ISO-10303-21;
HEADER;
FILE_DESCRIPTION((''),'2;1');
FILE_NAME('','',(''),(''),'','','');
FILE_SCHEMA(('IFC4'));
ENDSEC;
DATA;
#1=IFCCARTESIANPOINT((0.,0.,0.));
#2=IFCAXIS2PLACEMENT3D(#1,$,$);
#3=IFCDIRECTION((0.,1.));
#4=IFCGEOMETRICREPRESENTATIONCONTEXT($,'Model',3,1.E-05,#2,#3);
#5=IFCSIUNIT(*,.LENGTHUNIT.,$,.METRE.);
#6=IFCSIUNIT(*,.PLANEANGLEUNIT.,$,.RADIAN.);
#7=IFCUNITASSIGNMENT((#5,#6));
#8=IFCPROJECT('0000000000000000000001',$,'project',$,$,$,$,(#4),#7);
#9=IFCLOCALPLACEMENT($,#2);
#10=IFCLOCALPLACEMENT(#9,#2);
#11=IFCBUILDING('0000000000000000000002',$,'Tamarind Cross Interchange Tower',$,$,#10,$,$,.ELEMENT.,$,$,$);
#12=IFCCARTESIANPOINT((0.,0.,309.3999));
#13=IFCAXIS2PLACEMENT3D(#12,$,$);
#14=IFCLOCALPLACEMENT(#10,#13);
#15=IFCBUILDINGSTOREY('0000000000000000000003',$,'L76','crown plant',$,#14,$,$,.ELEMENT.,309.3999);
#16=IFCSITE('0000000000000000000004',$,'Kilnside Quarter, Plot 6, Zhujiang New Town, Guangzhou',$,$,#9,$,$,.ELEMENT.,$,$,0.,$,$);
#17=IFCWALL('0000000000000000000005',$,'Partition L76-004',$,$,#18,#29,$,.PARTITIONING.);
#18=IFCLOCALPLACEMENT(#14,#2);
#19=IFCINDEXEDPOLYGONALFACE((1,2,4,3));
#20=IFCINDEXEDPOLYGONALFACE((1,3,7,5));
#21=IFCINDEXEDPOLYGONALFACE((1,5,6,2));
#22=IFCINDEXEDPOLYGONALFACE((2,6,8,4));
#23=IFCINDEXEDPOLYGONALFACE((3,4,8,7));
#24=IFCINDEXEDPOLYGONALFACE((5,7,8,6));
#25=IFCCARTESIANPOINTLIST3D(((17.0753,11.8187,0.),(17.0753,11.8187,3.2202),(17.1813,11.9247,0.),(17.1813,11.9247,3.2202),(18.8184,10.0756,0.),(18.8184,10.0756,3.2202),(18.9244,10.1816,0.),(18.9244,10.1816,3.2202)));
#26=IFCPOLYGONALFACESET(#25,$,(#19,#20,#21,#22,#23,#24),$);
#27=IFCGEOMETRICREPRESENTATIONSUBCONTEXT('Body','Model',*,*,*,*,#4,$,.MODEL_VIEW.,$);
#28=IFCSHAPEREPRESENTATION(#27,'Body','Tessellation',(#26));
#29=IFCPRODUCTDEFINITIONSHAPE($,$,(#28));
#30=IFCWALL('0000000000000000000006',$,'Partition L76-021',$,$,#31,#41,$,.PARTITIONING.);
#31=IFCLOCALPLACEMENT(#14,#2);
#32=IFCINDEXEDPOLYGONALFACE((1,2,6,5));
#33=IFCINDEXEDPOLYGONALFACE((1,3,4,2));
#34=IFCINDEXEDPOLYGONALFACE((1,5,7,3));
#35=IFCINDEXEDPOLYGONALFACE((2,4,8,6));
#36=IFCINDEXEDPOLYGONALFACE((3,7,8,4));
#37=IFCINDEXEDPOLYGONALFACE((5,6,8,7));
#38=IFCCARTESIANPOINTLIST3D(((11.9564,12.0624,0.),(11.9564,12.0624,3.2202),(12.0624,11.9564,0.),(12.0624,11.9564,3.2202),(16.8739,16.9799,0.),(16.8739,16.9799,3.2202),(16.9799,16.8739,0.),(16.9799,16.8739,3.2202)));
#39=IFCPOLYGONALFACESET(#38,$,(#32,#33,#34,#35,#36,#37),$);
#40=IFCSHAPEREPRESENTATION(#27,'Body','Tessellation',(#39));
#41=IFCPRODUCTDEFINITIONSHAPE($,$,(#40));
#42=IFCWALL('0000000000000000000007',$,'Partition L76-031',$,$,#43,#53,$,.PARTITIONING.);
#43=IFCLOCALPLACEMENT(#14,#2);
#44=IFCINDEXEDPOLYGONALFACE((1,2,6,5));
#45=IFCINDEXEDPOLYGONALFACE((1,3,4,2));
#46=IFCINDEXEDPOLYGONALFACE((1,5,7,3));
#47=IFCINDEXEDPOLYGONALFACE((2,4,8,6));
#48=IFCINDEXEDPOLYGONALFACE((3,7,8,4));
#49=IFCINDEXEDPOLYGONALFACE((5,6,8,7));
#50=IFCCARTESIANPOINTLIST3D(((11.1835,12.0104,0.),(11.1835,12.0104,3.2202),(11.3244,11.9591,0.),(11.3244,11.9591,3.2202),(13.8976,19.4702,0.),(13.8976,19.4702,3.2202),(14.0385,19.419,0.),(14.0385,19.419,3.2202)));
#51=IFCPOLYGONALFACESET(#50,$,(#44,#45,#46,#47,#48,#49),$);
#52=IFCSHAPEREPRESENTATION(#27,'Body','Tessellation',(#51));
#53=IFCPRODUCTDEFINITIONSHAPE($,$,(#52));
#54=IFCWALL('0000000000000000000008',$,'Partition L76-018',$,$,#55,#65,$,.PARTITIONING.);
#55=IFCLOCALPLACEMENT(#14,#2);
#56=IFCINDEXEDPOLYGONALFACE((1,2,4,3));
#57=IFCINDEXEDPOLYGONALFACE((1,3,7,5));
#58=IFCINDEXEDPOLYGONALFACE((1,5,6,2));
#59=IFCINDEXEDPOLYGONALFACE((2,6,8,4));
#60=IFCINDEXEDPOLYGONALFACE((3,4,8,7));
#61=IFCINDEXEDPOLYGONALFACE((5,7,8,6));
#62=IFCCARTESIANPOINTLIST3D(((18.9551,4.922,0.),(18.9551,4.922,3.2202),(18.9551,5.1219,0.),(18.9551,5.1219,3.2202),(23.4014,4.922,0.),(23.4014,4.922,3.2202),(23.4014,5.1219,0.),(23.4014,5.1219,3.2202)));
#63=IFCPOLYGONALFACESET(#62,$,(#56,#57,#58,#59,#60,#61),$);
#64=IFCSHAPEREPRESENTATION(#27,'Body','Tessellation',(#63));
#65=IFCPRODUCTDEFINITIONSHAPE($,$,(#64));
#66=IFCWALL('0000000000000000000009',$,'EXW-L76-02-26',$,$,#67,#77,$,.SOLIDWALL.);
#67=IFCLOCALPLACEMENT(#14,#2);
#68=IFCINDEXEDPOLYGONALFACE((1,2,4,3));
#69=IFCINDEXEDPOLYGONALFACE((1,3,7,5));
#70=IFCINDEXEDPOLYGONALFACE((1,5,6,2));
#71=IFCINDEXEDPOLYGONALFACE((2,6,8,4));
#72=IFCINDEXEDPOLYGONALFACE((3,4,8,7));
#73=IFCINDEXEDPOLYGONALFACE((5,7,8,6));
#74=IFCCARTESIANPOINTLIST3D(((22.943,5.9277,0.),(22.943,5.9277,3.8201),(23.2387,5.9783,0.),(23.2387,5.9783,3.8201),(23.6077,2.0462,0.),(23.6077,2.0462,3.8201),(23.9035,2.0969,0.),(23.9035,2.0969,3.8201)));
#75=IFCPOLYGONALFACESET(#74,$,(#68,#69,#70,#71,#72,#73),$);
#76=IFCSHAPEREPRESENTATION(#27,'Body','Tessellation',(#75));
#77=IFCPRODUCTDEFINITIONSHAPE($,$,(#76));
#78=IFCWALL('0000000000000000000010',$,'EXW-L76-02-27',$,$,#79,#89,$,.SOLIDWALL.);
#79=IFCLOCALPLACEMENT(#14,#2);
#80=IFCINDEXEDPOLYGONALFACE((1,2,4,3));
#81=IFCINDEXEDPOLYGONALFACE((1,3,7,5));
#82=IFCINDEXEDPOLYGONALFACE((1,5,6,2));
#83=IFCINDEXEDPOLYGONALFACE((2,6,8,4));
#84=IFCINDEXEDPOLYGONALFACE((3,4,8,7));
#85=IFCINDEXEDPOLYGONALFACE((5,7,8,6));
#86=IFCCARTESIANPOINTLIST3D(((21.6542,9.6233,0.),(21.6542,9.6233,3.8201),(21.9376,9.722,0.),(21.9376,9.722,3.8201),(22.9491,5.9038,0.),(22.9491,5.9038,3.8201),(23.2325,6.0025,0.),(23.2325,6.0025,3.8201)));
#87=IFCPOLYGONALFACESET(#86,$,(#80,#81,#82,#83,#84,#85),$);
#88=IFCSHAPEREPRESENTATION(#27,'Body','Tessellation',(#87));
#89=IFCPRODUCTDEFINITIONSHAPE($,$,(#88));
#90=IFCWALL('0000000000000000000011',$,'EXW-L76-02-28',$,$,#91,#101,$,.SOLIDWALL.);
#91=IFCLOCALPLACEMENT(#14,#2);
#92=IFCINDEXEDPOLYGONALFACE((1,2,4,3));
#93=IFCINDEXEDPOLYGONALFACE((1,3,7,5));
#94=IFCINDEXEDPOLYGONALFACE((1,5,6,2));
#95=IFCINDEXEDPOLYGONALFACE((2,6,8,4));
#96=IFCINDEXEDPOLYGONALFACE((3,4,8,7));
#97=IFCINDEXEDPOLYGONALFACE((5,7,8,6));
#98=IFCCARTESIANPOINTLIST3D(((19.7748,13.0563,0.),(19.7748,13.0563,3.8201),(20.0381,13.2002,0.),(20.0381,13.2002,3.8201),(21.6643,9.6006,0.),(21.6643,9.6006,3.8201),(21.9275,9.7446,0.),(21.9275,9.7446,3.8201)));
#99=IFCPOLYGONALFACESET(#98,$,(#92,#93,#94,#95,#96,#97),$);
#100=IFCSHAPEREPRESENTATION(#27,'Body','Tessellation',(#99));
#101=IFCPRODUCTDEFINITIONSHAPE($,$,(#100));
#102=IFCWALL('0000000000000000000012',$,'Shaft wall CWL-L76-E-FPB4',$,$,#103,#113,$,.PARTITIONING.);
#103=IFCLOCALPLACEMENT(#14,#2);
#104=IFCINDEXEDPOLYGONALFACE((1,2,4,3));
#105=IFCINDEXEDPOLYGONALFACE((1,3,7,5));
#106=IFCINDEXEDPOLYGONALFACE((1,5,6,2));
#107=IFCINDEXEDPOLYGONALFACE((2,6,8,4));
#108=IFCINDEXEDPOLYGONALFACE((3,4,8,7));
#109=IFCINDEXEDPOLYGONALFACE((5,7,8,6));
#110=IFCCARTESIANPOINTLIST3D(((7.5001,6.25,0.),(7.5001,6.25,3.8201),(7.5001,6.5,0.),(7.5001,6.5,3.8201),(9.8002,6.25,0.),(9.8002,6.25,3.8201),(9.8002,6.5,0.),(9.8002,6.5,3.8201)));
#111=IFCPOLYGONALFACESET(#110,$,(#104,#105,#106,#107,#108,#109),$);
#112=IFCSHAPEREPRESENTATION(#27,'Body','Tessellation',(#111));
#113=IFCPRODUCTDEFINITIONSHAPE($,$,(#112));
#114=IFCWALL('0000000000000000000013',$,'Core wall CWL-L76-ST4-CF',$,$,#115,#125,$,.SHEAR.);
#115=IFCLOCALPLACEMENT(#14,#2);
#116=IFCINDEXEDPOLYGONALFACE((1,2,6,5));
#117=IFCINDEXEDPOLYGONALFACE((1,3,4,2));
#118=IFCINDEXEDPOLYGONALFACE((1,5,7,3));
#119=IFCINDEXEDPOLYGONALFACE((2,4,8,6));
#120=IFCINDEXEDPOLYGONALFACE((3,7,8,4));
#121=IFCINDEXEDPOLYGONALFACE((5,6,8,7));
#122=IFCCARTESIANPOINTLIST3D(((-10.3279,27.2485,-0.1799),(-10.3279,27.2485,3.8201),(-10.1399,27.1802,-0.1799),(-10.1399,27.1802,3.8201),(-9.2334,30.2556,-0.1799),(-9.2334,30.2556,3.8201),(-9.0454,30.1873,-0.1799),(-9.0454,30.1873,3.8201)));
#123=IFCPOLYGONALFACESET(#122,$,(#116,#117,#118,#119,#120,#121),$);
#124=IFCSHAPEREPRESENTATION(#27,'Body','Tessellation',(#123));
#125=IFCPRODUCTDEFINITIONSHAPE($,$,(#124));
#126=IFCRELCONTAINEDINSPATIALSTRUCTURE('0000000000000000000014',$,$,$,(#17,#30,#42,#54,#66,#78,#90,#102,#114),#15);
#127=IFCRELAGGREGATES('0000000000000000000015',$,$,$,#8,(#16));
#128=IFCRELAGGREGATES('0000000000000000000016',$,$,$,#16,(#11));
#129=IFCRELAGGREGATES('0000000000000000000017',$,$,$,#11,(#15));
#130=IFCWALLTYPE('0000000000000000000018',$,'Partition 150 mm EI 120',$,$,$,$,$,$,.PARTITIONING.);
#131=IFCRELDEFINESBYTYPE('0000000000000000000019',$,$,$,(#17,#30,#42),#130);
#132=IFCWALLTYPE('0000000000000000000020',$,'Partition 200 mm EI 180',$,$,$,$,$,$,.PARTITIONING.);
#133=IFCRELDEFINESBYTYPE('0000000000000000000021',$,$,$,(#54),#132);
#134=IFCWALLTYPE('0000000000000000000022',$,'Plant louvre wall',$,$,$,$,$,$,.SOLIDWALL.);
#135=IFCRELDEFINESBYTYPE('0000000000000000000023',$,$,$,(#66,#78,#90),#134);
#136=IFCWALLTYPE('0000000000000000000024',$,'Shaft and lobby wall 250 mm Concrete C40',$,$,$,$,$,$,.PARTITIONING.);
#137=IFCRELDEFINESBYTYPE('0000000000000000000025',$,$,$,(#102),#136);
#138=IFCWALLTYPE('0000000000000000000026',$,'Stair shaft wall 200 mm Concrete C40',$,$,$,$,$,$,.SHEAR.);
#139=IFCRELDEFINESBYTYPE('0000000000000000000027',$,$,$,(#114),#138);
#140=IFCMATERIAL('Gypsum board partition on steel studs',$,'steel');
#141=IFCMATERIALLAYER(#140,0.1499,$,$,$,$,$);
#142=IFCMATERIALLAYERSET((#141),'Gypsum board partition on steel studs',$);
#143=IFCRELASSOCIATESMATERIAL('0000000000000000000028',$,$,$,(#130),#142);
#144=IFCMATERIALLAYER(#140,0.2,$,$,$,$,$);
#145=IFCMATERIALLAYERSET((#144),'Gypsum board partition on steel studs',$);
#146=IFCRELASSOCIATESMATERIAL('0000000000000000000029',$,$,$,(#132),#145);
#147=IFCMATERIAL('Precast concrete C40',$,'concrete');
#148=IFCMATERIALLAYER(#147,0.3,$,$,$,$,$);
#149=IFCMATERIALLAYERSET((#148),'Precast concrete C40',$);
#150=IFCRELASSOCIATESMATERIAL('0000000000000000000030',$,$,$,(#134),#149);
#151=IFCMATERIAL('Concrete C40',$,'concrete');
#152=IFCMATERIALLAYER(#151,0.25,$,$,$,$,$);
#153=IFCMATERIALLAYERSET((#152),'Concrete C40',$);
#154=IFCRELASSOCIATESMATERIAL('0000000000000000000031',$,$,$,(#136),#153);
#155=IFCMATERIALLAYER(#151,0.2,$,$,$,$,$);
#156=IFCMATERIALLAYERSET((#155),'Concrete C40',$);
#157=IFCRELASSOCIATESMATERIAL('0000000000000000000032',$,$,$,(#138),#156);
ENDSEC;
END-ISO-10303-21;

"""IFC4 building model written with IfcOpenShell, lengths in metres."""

from ifc_helpers import new_model, si_unit, direction, frame, frame_2d, origin, place, context, subcontext, project, spatial, polyline, rectangle, outline, extrude, material, layer, layer_set, type_object, element, save


model = new_model("IFC4")

# Units and contexts
model_context = context("Model", 3, precision=1e-05, world=origin(), true_north=direction((0.0, 1.0)))
body_context = subcontext(model_context, "Body", "Model", "MODEL_VIEW")
ifc_project = project(units=[si_unit("LENGTHUNIT", "METRE"), si_unit("PLANEANGLEUNIT", "RADIAN")], contexts=[model_context])

# Site, building, storey
site_placement = place(None, origin())
site = spatial("IfcSite", under=ifc_project, at=site_placement, Name="Kilnside Quarter, Plot 6, Zhujiang New Town, Guangzhou", CompositionType="ELEMENT", RefElevation=0.0)
building_placement = place(site_placement, origin())
building = spatial("IfcBuilding", under=site, at=building_placement, Name="Tamarind Cross Interchange Tower", CompositionType="ELEMENT")
storey_placement = place(building_placement, frame((0.0, 0.0, 309.3999)))
storey = spatial("IfcBuildingStorey", under=building, at=storey_placement, Name="L76", Description="crown plant", CompositionType="ELEMENT", Elevation=309.3999)

# Shared definitions
ifc_material_1 = material(Name="Concrete C40", Category="concrete")

# Walls
ifc_material_2 = material(Name="Gypsum board partition on steel studs", Category="steel")
ifc_layer_1 = layer(ifc_material_2, 0.1499)
ifc_layer_set_1 = layer_set([ifc_layer_1], Name="Gypsum board partition on steel studs")
wall_type_1 = type_object("IfcWallType", Name="Partition 150 mm EI 120", PredefinedType="PARTITIONING", material=ifc_layer_set_1)
wall_1_placement = place(storey_placement, frame((17.1284, 11.8716, 0.0), z_axis=(0.0, 0.0, 1.0), x_axis=(0.707107, -0.707107, 0.0)))
element("IfcWall", 1, at=wall_1_placement, inside=storey, type_object=wall_type_1, Name="Partition L76-004", PredefinedType="PARTITIONING", context=body_context, shape_type="SweptSolid", body=[
    extrude(rectangle(XDim=2.4651, YDim=0.1499, at=frame_2d((1.2324, 0.0))), origin(), (0.0, 0.0, 1.0), 3.2202),
])
wall_2_placement = place(storey_placement, frame((12.0095, 12.0095, 0.0), z_axis=(0.0, 0.0, 1.0), x_axis=(0.707107, 0.707107, 0.0)))
element("IfcWall", 2, at=wall_2_placement, inside=storey, type_object=wall_type_1, Name="Partition L76-021", PredefinedType="PARTITIONING", context=body_context, shape_type="SweptSolid", body=[
    extrude(rectangle(XDim=6.9543, YDim=0.1499, at=frame_2d((3.4771, 0.0))), origin(), (0.0, 0.0, 1.0), 3.2202),
])
wall_3_placement = place(storey_placement, frame((11.2539, 11.9846, 0.0), z_axis=(0.0, 0.0, 1.0), x_axis=(0.341899, 0.939737, 0.0)))
element("IfcWall", 3, at=wall_3_placement, inside=storey, type_object=wall_type_1, Name="Partition L76-031", PredefinedType="PARTITIONING", context=body_context, shape_type="SweptSolid", body=[
    extrude(rectangle(XDim=7.9382, YDim=0.1499, at=frame_2d((3.9692, 0.0))), origin(), (0.0, 0.0, 1.0), 3.2202),
])
ifc_layer_2 = layer(ifc_material_2, 0.2)
ifc_layer_set_2 = layer_set([ifc_layer_2], Name="Gypsum board partition on steel studs")
wall_type_2 = type_object("IfcWallType", Name="Partition 200 mm EI 180", PredefinedType="PARTITIONING", material=ifc_layer_set_2)
wall_4_placement = place(storey_placement, frame((18.9551, 5.022, 0.0), z_axis=(0.0, 0.0, 1.0), x_axis=(1.0, 0.0, 0.0)))
element("IfcWall", 4, at=wall_4_placement, inside=storey, type_object=wall_type_2, Name="Partition L76-018", PredefinedType="PARTITIONING", context=body_context, shape_type="SweptSolid", body=[
    extrude(rectangle(XDim=4.4463, YDim=0.2, at=frame_2d((2.2231, 0.0))), origin(), (0.0, 0.0, 1.0), 3.2202),
])
ifc_material_3 = material(Name="Precast concrete C40", Category="concrete")
ifc_layer_3 = layer(ifc_material_3, 0.3)
ifc_layer_set_3 = layer_set([ifc_layer_3], Name="Precast concrete C40")
wall_type_3 = type_object("IfcWallType", Name="Plant louvre wall", PredefinedType="SOLIDWALL", material=ifc_layer_set_3)
wall_5_placement = place(storey_placement, frame((23.7556, 2.0715, 0.0), z_axis=(0.0, 0.0, 1.0), x_axis=(-0.168811, 0.985648, 0.0)))
element("IfcWall", 5, at=wall_5_placement, inside=storey, type_object=wall_type_3, Name="EXW-L76-02-26", PredefinedType="SOLIDWALL", context=body_context, shape_type="SweptSolid", body=[
    extrude(rectangle(XDim=3.938, YDim=0.3, at=frame_2d((1.969, 0.0))), origin(), (0.0, 0.0, 1.0), 3.8201),
])
for number, where, z_axis, x_axis, name in (
    (6, (23.0908, 5.9531, 0.0), (0.0, 0.0, 1.0), (-0.32879, 0.944403, 0.0), "EXW-L76-02-27"),
    (7, (21.7959, 9.6726, 0.0), (0.0, 0.0, 1.0), (-0.479742, 0.877409, 0.0), "EXW-L76-02-28"),
):
    element("IfcWall", number, at=place(storey_placement, frame(where, z_axis=z_axis, x_axis=x_axis)), inside=storey, type_object=wall_type_3, Name=name, PredefinedType="SOLIDWALL", context=body_context, shape_type="SweptSolid", body=[
        extrude(rectangle(XDim=3.9385, YDim=0.3, at=frame_2d((1.9692, 0.0))), origin(), (0.0, 0.0, 1.0), 3.8201),
    ])
ifc_layer_4 = layer(ifc_material_1, 0.25)
ifc_layer_set_4 = layer_set([ifc_layer_4], Name="Concrete C40")
wall_type_4 = type_object("IfcWallType", Name="Shaft and lobby wall 250 mm Concrete C40", PredefinedType="PARTITIONING", material=ifc_layer_set_4)
wall_6_placement = place(storey_placement, frame((9.8, 6.375, 0.0), z_axis=(0.0, 0.0, 1.0), x_axis=(-1.0, 0.0, 0.0)))
element("IfcWall", 8, at=wall_6_placement, inside=storey, type_object=wall_type_4, Name="Shaft wall CWL-L76-E-FPB4", PredefinedType="PARTITIONING", context=body_context, shape_type="SweptSolid", body=[
    extrude(rectangle(XDim=2.3, YDim=0.25, at=frame_2d((1.1499, 0.0))), origin(), (0.0, 0.0, 1.0), 3.8201),
])
ifc_layer_5 = layer(ifc_material_1, 0.2)
ifc_layer_set_5 = layer_set([ifc_layer_5], Name="Concrete C40")
wall_type_5 = type_object("IfcWallType", Name="Stair shaft wall 200 mm Concrete C40", PredefinedType="SHEAR", material=ifc_layer_set_5)
wall_7_placement = place(storey_placement, frame((0.0, 0.0, -0.1799)))
element("IfcWall", 9, at=wall_7_placement, inside=storey, type_object=wall_type_5, Name="Core wall CWL-L76-ST4-CF", PredefinedType="SHEAR", context=body_context, shape_type="SweptSolid", body=[
    extrude(outline(polyline([(-9.0454, 30.1873), (-9.2334, 30.2556), (-10.3279, 27.2485), (-10.1399, 27.1802), (-9.0454, 30.1873)])), origin(), (0.0, 0.0, 1.0), 4.0),
])

save(model, "model.ifc")
